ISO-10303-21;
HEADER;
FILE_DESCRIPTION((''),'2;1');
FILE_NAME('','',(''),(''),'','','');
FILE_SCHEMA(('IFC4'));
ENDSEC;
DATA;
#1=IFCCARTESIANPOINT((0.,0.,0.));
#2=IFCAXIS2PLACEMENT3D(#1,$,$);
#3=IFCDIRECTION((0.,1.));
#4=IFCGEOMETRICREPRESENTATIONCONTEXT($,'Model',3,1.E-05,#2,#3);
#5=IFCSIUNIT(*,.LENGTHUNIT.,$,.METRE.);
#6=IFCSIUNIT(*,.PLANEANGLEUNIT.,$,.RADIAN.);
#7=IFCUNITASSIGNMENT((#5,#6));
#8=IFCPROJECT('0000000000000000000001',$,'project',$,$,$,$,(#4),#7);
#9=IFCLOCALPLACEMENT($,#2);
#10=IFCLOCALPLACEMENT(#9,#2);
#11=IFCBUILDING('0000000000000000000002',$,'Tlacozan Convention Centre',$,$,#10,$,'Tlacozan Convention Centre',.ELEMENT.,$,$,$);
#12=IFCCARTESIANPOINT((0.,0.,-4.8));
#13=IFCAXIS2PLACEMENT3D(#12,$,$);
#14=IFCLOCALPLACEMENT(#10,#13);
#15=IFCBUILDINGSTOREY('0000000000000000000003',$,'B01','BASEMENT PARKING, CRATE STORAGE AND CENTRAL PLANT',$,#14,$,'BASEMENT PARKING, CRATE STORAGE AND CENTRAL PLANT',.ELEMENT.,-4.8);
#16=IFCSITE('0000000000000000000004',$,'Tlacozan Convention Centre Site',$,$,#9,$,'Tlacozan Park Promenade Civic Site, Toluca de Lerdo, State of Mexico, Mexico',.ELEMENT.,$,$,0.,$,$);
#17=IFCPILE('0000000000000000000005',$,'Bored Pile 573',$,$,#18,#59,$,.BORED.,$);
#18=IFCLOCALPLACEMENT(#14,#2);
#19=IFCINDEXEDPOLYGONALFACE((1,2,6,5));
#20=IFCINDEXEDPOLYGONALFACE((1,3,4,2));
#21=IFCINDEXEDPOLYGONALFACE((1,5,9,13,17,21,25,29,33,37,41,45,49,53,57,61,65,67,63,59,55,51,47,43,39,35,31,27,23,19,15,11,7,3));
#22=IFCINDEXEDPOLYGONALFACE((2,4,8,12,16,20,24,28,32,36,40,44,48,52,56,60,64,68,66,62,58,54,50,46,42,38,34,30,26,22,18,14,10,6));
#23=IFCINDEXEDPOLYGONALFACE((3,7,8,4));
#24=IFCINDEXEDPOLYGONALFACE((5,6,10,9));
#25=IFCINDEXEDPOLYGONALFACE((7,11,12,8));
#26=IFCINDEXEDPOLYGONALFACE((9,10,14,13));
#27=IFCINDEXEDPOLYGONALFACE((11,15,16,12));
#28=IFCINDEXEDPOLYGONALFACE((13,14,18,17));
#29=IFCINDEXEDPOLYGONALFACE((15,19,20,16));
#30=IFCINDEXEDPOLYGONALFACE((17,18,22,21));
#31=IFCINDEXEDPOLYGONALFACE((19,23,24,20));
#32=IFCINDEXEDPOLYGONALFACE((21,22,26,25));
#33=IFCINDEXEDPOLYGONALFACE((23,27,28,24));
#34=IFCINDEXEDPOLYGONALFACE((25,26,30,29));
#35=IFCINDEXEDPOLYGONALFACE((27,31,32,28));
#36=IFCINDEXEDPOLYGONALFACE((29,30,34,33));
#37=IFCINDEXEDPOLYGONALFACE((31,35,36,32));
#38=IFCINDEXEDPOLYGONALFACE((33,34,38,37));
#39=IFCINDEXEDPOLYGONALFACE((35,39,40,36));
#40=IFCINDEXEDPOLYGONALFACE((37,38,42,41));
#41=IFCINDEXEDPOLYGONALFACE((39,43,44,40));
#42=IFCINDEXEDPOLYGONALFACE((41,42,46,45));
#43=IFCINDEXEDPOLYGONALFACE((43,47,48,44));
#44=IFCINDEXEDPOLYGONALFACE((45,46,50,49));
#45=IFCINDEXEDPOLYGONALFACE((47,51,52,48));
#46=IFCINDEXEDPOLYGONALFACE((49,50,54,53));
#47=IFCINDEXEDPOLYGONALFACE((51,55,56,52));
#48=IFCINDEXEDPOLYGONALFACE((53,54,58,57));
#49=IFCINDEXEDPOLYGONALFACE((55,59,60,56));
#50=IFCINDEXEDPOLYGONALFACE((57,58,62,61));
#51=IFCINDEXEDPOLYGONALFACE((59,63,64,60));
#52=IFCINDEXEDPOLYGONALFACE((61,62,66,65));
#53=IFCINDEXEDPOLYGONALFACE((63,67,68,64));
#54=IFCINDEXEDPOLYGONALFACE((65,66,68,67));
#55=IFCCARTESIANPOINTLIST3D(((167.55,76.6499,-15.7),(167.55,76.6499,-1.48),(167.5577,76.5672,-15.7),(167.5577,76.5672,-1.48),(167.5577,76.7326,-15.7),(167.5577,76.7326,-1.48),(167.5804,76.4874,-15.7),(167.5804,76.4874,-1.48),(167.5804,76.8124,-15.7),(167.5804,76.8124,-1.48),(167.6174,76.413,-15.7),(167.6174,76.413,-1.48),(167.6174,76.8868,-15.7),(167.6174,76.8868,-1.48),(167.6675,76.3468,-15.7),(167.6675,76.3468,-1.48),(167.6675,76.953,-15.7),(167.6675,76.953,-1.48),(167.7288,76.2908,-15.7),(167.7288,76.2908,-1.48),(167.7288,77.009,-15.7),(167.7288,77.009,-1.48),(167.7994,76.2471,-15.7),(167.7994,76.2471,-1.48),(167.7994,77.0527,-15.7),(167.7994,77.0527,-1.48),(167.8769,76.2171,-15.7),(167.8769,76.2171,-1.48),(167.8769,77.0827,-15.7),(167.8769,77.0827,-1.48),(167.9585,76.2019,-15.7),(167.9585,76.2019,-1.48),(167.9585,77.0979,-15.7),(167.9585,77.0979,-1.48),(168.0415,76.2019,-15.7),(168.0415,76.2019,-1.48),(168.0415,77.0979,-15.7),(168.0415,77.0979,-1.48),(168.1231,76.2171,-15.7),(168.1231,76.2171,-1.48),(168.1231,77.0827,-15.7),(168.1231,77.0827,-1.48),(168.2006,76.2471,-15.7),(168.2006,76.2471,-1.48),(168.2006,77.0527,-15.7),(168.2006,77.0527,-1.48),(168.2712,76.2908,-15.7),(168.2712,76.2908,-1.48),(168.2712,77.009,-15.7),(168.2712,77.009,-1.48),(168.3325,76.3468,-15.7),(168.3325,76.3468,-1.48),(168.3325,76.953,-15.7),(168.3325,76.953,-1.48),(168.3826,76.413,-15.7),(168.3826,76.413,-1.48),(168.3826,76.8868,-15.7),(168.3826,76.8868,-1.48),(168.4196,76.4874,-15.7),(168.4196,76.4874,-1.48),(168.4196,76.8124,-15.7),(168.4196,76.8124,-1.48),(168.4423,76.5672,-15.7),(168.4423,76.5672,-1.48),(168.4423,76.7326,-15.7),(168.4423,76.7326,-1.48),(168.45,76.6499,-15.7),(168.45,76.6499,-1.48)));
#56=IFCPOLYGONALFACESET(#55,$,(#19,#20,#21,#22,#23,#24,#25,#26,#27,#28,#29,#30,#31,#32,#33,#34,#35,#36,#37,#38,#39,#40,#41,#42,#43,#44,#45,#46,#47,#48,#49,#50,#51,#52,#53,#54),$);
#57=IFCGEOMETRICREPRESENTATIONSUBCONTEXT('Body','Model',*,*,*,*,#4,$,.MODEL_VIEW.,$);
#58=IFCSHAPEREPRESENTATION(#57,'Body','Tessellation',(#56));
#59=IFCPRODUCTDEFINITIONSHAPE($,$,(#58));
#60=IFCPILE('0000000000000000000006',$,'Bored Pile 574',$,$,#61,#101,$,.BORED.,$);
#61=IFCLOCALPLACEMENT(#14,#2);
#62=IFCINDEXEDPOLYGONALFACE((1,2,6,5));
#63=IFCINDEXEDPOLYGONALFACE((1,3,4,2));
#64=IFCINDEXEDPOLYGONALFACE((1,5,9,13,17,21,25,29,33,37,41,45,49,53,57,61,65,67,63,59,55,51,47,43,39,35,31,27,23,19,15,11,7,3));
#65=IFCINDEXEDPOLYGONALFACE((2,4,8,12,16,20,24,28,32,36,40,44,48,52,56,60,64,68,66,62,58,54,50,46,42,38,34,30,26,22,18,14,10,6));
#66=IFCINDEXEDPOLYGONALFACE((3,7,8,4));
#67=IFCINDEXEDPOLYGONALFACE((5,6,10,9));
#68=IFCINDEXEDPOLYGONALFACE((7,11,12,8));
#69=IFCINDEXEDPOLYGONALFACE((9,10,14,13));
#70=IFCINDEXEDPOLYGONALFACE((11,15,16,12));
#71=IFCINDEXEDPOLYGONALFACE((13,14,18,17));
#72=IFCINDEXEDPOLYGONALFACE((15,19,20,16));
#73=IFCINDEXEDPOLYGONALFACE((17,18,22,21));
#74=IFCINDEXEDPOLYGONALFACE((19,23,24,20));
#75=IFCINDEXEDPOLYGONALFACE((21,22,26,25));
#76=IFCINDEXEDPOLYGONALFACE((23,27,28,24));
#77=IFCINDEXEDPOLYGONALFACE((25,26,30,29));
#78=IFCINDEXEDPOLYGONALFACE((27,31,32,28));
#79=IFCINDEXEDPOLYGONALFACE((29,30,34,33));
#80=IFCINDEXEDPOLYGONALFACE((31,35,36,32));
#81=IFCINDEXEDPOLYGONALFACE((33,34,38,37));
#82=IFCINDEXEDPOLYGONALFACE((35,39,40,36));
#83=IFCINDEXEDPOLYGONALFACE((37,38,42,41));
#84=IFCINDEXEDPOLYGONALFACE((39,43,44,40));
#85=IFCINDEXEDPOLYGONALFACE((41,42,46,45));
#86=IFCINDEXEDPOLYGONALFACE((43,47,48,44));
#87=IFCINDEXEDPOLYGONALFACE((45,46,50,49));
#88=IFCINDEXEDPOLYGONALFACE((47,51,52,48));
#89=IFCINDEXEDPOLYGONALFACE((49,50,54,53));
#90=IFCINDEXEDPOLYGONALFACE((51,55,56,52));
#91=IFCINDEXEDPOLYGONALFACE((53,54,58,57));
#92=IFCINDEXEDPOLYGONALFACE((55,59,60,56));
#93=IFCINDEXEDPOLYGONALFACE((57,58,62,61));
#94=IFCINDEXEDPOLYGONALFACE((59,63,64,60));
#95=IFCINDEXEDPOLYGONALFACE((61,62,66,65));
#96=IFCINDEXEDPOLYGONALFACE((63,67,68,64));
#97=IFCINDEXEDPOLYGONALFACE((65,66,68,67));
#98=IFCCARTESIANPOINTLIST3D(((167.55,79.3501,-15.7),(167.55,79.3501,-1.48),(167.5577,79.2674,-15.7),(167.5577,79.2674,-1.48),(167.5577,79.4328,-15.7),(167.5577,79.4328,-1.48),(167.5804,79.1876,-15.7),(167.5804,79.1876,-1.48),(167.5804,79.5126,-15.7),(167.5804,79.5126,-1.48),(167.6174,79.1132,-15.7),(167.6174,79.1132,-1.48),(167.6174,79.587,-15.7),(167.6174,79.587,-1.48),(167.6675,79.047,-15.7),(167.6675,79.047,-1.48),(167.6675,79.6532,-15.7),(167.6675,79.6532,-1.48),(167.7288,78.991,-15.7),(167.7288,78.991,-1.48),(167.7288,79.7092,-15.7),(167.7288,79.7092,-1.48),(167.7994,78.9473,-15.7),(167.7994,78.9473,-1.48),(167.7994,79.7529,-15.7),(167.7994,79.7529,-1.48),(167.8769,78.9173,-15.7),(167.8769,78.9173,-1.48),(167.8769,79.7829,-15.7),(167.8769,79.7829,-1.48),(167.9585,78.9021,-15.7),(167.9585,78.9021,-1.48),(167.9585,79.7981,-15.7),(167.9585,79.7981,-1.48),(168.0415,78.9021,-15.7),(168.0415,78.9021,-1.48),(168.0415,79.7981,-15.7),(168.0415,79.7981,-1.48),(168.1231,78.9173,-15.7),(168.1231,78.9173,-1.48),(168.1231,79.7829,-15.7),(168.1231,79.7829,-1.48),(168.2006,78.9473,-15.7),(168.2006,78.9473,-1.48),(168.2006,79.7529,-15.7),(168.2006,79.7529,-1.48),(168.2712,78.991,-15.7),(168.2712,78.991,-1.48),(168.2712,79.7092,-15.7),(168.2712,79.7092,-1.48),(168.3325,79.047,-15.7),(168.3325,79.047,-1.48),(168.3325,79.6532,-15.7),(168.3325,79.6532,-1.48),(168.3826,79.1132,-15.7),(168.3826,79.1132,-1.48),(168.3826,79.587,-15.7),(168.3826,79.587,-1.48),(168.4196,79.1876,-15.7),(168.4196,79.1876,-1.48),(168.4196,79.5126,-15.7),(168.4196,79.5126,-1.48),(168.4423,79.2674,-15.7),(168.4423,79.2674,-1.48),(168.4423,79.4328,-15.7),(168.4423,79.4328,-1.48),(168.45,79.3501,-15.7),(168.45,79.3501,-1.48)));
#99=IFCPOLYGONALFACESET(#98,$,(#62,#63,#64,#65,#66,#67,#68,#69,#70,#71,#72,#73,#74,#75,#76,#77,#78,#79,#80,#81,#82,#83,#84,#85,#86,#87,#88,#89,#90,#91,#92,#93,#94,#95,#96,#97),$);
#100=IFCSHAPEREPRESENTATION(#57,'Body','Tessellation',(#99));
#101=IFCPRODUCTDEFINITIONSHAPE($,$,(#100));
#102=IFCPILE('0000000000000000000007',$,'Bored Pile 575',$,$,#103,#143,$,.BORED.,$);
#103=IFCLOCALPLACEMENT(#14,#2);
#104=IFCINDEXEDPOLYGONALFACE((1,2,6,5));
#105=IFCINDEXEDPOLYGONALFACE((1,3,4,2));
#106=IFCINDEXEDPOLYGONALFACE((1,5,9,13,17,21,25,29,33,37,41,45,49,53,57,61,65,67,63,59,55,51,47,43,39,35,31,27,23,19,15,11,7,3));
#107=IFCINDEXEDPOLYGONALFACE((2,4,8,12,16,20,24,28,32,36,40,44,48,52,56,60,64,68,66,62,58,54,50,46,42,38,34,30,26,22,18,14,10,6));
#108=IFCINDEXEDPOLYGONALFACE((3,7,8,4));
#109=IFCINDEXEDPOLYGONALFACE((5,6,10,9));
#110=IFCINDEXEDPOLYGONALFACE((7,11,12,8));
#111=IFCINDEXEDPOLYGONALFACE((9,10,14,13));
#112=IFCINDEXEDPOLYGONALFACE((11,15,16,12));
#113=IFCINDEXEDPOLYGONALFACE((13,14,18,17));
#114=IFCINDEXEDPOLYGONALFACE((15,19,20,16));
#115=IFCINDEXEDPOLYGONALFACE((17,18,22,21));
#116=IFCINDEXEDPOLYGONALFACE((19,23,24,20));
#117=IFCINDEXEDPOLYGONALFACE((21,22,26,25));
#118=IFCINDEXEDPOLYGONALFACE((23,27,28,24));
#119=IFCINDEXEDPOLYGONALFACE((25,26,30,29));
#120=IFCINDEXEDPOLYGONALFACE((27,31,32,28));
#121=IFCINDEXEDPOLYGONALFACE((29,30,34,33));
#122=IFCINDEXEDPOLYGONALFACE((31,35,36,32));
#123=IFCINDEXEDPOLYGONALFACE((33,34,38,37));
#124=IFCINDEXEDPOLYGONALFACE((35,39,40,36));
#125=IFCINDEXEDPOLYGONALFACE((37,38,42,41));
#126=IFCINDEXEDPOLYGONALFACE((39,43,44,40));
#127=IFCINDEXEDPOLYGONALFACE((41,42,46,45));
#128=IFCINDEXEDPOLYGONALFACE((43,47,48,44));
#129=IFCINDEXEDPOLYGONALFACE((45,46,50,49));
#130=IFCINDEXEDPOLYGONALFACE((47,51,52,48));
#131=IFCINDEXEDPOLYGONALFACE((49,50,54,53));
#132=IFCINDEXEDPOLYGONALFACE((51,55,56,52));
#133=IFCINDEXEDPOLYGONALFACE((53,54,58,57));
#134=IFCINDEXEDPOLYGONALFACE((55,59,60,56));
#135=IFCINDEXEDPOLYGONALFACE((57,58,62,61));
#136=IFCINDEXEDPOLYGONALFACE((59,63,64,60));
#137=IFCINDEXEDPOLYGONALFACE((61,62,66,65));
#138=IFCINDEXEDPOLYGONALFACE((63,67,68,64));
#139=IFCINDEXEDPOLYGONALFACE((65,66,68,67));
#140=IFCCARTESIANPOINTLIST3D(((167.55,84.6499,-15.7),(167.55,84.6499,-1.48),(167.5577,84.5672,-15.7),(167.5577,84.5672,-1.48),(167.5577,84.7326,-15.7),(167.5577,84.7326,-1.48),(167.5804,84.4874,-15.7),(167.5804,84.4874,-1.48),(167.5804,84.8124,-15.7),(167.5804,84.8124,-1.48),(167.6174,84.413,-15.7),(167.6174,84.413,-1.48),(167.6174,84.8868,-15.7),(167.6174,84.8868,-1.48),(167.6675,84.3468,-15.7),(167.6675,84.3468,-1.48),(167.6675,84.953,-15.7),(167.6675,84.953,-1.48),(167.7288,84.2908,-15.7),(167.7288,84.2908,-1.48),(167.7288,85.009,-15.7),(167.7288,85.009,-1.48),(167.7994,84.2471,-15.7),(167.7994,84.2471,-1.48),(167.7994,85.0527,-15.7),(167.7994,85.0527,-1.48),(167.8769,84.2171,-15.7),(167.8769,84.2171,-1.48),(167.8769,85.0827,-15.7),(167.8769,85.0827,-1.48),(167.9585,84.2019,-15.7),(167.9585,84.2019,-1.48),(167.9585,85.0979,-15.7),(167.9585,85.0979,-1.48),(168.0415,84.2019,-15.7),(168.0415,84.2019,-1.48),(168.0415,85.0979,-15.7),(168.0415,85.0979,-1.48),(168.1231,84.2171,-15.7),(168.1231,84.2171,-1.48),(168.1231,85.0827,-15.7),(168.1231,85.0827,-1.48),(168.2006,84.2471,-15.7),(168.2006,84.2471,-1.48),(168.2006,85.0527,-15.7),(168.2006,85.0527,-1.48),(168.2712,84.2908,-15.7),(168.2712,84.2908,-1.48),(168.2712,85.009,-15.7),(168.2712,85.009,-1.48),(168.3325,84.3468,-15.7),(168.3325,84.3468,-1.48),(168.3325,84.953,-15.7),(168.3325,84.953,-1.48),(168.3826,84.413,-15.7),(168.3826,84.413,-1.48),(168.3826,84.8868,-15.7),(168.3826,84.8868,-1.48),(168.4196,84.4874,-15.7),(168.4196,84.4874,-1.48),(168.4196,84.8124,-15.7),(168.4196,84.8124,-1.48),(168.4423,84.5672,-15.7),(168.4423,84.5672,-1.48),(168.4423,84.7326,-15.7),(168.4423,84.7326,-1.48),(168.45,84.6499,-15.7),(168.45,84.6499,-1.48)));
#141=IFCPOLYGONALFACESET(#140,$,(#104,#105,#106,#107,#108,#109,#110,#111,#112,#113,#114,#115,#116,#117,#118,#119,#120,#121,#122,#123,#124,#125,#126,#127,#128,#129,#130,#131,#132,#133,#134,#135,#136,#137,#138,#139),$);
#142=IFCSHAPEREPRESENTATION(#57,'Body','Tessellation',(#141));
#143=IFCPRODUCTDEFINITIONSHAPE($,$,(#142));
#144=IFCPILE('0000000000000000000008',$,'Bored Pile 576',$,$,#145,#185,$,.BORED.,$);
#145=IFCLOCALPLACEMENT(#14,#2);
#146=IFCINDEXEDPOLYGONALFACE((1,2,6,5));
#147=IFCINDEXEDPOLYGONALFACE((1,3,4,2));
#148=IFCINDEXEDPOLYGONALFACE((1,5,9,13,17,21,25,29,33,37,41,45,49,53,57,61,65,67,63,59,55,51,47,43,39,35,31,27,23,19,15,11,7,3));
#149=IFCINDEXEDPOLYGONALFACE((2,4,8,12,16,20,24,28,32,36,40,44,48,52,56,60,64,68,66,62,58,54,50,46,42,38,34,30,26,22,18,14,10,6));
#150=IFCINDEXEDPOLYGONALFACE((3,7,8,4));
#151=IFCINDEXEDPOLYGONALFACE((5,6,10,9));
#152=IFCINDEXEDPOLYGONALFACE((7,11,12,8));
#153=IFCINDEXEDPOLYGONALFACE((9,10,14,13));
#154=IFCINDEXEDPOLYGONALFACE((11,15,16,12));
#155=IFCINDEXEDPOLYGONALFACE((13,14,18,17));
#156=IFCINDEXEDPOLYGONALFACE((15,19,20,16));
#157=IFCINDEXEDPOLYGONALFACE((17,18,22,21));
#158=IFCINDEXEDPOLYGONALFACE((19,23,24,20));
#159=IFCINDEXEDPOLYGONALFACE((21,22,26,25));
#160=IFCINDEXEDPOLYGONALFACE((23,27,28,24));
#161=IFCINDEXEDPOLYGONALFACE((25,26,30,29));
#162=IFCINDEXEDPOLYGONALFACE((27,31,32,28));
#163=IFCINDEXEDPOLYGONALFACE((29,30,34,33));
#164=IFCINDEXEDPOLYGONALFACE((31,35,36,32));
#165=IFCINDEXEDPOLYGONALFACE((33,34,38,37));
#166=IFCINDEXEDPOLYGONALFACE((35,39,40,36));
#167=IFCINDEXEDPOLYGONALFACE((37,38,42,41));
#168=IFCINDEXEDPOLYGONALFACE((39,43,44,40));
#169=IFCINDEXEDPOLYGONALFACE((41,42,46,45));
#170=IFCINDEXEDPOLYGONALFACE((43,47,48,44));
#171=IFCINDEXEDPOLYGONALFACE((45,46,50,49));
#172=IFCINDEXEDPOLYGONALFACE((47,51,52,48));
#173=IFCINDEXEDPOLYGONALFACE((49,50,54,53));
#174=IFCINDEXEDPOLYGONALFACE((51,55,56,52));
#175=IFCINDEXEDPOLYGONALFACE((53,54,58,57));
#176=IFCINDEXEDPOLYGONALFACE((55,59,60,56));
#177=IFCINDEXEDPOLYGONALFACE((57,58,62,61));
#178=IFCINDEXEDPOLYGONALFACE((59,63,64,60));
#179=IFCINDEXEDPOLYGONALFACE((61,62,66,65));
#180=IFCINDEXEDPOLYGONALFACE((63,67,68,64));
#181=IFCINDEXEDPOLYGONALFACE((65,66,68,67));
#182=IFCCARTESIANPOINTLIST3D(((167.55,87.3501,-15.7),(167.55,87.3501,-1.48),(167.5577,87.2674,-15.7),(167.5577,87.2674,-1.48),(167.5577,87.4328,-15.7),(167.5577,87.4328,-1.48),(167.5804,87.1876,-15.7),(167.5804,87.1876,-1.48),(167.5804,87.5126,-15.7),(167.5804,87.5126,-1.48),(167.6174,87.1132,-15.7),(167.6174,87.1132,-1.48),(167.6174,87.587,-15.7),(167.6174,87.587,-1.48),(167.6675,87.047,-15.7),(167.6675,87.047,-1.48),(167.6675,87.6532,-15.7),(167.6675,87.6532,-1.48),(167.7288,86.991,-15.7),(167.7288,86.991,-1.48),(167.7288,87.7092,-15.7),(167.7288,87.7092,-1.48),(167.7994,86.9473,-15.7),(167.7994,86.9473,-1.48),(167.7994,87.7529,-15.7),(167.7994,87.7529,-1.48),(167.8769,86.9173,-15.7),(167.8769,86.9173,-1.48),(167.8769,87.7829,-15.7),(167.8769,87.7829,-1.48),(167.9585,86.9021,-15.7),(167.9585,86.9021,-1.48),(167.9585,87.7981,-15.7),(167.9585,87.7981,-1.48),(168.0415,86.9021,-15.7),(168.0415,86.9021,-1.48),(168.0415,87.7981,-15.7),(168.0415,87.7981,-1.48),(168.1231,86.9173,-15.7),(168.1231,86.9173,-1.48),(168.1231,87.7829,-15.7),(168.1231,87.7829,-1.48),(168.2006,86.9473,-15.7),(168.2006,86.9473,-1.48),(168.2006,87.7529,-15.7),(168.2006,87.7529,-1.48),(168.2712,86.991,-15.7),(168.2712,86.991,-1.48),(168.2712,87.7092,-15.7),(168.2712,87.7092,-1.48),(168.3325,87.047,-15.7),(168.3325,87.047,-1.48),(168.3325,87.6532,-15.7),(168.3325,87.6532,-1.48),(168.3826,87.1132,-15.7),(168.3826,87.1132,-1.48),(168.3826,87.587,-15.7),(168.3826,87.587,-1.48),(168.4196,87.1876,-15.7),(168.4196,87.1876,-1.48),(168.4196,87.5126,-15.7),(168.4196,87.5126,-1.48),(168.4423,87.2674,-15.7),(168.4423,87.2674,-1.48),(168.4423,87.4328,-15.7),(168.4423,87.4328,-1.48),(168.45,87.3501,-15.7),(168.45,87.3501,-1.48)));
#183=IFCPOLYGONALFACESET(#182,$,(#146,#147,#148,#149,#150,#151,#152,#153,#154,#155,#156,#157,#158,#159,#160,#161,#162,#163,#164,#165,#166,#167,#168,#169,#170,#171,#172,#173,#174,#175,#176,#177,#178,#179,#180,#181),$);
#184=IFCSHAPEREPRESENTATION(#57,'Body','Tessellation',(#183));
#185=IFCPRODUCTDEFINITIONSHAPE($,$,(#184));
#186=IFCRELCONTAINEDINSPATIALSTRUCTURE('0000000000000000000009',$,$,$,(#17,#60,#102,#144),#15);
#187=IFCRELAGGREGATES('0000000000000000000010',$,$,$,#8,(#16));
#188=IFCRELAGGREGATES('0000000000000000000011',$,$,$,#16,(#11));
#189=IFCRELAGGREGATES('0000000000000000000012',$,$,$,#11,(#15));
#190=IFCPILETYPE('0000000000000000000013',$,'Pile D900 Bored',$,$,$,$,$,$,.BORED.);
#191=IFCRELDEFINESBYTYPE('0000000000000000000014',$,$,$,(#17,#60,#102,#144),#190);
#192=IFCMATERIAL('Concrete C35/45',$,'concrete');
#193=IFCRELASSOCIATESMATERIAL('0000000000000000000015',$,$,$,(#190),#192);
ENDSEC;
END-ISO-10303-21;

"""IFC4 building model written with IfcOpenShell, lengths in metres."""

from ifc_helpers import new_model, si_unit, direction, frame, origin, origin_2d, place, context, subcontext, project, spatial, circle, extrude, material, material_profile, profile_set, type_object, element, save


model = new_model("IFC4")

# Units and contexts
model_context = context("Model", 3, precision=1e-05, world=origin(), true_north=direction((0.0, 1.0)))
body_context = subcontext(model_context, "Body", "Model", "MODEL_VIEW")
ifc_project = project(units=[si_unit("LENGTHUNIT", "METRE"), si_unit("PLANEANGLEUNIT", "RADIAN")], contexts=[model_context])

# Site, building, storey
site_placement = place(None, origin())
site = spatial("IfcSite", under=ifc_project, at=site_placement, Name="Tlacozan Convention Centre Site", LongName="Tlacozan Park Promenade Civic Site, Toluca de Lerdo, State of Mexico, Mexico", CompositionType="ELEMENT", RefElevation=0.0)
building_placement = place(site_placement, origin())
building = spatial("IfcBuilding", under=site, at=building_placement, Name="Tlacozan Convention Centre", LongName="Tlacozan Convention Centre", CompositionType="ELEMENT")
storey_placement = place(building_placement, frame((0.0, 0.0, -4.8)))
storey = spatial("IfcBuildingStorey", under=building, at=storey_placement, Name="B01", Description="BASEMENT PARKING, CRATE STORAGE AND CENTRAL PLANT", LongName="BASEMENT PARKING, CRATE STORAGE AND CENTRAL PLANT", CompositionType="ELEMENT", Elevation=-4.8)

# Shared definitions
ifc_material_1 = material(Name="Concrete C35/45", Category="concrete")

# Piles
ifc_material_profile_1 = material_profile(ifc_material_1, circle(Radius=0.45, at=origin_2d()), Name="PILE D900")
ifc_profile_set_1 = profile_set([ifc_material_profile_1], Name="Concrete C35/45")
pile_type_1 = type_object("IfcPileType", Name="Pile D900 Bored", PredefinedType="BORED", material=ifc_profile_set_1)
for number, where, z_axis, x_axis, name in (
    (1, (168.0, 76.6499, -1.48), (0.0, 0.0, -1.0), (1.0, 0.0, 0.0), "Bored Pile 573"),
    (2, (168.0, 79.3501, -1.48), (0.0, 0.0, -1.0), (1.0, 0.0, 0.0), "Bored Pile 574"),
    (3, (168.0, 84.6499, -1.48), (0.0, 0.0, -1.0), (1.0, 0.0, 0.0), "Bored Pile 575"),
    (4, (168.0, 87.3501, -1.48), (0.0, 0.0, -1.0), (1.0, 0.0, 0.0), "Bored Pile 576"),
):
    element("IfcPile", number, at=place(storey_placement, frame(where, z_axis=z_axis, x_axis=x_axis)), inside=storey, type_object=pile_type_1, Name=name, PredefinedType="BORED", context=body_context, shape_type="SweptSolid", body=[
        extrude(circle(Radius=0.45, at=origin_2d()), origin(), (0.0, 0.0, 1.0), 14.22),
    ])

save(model, "model.ifc")
